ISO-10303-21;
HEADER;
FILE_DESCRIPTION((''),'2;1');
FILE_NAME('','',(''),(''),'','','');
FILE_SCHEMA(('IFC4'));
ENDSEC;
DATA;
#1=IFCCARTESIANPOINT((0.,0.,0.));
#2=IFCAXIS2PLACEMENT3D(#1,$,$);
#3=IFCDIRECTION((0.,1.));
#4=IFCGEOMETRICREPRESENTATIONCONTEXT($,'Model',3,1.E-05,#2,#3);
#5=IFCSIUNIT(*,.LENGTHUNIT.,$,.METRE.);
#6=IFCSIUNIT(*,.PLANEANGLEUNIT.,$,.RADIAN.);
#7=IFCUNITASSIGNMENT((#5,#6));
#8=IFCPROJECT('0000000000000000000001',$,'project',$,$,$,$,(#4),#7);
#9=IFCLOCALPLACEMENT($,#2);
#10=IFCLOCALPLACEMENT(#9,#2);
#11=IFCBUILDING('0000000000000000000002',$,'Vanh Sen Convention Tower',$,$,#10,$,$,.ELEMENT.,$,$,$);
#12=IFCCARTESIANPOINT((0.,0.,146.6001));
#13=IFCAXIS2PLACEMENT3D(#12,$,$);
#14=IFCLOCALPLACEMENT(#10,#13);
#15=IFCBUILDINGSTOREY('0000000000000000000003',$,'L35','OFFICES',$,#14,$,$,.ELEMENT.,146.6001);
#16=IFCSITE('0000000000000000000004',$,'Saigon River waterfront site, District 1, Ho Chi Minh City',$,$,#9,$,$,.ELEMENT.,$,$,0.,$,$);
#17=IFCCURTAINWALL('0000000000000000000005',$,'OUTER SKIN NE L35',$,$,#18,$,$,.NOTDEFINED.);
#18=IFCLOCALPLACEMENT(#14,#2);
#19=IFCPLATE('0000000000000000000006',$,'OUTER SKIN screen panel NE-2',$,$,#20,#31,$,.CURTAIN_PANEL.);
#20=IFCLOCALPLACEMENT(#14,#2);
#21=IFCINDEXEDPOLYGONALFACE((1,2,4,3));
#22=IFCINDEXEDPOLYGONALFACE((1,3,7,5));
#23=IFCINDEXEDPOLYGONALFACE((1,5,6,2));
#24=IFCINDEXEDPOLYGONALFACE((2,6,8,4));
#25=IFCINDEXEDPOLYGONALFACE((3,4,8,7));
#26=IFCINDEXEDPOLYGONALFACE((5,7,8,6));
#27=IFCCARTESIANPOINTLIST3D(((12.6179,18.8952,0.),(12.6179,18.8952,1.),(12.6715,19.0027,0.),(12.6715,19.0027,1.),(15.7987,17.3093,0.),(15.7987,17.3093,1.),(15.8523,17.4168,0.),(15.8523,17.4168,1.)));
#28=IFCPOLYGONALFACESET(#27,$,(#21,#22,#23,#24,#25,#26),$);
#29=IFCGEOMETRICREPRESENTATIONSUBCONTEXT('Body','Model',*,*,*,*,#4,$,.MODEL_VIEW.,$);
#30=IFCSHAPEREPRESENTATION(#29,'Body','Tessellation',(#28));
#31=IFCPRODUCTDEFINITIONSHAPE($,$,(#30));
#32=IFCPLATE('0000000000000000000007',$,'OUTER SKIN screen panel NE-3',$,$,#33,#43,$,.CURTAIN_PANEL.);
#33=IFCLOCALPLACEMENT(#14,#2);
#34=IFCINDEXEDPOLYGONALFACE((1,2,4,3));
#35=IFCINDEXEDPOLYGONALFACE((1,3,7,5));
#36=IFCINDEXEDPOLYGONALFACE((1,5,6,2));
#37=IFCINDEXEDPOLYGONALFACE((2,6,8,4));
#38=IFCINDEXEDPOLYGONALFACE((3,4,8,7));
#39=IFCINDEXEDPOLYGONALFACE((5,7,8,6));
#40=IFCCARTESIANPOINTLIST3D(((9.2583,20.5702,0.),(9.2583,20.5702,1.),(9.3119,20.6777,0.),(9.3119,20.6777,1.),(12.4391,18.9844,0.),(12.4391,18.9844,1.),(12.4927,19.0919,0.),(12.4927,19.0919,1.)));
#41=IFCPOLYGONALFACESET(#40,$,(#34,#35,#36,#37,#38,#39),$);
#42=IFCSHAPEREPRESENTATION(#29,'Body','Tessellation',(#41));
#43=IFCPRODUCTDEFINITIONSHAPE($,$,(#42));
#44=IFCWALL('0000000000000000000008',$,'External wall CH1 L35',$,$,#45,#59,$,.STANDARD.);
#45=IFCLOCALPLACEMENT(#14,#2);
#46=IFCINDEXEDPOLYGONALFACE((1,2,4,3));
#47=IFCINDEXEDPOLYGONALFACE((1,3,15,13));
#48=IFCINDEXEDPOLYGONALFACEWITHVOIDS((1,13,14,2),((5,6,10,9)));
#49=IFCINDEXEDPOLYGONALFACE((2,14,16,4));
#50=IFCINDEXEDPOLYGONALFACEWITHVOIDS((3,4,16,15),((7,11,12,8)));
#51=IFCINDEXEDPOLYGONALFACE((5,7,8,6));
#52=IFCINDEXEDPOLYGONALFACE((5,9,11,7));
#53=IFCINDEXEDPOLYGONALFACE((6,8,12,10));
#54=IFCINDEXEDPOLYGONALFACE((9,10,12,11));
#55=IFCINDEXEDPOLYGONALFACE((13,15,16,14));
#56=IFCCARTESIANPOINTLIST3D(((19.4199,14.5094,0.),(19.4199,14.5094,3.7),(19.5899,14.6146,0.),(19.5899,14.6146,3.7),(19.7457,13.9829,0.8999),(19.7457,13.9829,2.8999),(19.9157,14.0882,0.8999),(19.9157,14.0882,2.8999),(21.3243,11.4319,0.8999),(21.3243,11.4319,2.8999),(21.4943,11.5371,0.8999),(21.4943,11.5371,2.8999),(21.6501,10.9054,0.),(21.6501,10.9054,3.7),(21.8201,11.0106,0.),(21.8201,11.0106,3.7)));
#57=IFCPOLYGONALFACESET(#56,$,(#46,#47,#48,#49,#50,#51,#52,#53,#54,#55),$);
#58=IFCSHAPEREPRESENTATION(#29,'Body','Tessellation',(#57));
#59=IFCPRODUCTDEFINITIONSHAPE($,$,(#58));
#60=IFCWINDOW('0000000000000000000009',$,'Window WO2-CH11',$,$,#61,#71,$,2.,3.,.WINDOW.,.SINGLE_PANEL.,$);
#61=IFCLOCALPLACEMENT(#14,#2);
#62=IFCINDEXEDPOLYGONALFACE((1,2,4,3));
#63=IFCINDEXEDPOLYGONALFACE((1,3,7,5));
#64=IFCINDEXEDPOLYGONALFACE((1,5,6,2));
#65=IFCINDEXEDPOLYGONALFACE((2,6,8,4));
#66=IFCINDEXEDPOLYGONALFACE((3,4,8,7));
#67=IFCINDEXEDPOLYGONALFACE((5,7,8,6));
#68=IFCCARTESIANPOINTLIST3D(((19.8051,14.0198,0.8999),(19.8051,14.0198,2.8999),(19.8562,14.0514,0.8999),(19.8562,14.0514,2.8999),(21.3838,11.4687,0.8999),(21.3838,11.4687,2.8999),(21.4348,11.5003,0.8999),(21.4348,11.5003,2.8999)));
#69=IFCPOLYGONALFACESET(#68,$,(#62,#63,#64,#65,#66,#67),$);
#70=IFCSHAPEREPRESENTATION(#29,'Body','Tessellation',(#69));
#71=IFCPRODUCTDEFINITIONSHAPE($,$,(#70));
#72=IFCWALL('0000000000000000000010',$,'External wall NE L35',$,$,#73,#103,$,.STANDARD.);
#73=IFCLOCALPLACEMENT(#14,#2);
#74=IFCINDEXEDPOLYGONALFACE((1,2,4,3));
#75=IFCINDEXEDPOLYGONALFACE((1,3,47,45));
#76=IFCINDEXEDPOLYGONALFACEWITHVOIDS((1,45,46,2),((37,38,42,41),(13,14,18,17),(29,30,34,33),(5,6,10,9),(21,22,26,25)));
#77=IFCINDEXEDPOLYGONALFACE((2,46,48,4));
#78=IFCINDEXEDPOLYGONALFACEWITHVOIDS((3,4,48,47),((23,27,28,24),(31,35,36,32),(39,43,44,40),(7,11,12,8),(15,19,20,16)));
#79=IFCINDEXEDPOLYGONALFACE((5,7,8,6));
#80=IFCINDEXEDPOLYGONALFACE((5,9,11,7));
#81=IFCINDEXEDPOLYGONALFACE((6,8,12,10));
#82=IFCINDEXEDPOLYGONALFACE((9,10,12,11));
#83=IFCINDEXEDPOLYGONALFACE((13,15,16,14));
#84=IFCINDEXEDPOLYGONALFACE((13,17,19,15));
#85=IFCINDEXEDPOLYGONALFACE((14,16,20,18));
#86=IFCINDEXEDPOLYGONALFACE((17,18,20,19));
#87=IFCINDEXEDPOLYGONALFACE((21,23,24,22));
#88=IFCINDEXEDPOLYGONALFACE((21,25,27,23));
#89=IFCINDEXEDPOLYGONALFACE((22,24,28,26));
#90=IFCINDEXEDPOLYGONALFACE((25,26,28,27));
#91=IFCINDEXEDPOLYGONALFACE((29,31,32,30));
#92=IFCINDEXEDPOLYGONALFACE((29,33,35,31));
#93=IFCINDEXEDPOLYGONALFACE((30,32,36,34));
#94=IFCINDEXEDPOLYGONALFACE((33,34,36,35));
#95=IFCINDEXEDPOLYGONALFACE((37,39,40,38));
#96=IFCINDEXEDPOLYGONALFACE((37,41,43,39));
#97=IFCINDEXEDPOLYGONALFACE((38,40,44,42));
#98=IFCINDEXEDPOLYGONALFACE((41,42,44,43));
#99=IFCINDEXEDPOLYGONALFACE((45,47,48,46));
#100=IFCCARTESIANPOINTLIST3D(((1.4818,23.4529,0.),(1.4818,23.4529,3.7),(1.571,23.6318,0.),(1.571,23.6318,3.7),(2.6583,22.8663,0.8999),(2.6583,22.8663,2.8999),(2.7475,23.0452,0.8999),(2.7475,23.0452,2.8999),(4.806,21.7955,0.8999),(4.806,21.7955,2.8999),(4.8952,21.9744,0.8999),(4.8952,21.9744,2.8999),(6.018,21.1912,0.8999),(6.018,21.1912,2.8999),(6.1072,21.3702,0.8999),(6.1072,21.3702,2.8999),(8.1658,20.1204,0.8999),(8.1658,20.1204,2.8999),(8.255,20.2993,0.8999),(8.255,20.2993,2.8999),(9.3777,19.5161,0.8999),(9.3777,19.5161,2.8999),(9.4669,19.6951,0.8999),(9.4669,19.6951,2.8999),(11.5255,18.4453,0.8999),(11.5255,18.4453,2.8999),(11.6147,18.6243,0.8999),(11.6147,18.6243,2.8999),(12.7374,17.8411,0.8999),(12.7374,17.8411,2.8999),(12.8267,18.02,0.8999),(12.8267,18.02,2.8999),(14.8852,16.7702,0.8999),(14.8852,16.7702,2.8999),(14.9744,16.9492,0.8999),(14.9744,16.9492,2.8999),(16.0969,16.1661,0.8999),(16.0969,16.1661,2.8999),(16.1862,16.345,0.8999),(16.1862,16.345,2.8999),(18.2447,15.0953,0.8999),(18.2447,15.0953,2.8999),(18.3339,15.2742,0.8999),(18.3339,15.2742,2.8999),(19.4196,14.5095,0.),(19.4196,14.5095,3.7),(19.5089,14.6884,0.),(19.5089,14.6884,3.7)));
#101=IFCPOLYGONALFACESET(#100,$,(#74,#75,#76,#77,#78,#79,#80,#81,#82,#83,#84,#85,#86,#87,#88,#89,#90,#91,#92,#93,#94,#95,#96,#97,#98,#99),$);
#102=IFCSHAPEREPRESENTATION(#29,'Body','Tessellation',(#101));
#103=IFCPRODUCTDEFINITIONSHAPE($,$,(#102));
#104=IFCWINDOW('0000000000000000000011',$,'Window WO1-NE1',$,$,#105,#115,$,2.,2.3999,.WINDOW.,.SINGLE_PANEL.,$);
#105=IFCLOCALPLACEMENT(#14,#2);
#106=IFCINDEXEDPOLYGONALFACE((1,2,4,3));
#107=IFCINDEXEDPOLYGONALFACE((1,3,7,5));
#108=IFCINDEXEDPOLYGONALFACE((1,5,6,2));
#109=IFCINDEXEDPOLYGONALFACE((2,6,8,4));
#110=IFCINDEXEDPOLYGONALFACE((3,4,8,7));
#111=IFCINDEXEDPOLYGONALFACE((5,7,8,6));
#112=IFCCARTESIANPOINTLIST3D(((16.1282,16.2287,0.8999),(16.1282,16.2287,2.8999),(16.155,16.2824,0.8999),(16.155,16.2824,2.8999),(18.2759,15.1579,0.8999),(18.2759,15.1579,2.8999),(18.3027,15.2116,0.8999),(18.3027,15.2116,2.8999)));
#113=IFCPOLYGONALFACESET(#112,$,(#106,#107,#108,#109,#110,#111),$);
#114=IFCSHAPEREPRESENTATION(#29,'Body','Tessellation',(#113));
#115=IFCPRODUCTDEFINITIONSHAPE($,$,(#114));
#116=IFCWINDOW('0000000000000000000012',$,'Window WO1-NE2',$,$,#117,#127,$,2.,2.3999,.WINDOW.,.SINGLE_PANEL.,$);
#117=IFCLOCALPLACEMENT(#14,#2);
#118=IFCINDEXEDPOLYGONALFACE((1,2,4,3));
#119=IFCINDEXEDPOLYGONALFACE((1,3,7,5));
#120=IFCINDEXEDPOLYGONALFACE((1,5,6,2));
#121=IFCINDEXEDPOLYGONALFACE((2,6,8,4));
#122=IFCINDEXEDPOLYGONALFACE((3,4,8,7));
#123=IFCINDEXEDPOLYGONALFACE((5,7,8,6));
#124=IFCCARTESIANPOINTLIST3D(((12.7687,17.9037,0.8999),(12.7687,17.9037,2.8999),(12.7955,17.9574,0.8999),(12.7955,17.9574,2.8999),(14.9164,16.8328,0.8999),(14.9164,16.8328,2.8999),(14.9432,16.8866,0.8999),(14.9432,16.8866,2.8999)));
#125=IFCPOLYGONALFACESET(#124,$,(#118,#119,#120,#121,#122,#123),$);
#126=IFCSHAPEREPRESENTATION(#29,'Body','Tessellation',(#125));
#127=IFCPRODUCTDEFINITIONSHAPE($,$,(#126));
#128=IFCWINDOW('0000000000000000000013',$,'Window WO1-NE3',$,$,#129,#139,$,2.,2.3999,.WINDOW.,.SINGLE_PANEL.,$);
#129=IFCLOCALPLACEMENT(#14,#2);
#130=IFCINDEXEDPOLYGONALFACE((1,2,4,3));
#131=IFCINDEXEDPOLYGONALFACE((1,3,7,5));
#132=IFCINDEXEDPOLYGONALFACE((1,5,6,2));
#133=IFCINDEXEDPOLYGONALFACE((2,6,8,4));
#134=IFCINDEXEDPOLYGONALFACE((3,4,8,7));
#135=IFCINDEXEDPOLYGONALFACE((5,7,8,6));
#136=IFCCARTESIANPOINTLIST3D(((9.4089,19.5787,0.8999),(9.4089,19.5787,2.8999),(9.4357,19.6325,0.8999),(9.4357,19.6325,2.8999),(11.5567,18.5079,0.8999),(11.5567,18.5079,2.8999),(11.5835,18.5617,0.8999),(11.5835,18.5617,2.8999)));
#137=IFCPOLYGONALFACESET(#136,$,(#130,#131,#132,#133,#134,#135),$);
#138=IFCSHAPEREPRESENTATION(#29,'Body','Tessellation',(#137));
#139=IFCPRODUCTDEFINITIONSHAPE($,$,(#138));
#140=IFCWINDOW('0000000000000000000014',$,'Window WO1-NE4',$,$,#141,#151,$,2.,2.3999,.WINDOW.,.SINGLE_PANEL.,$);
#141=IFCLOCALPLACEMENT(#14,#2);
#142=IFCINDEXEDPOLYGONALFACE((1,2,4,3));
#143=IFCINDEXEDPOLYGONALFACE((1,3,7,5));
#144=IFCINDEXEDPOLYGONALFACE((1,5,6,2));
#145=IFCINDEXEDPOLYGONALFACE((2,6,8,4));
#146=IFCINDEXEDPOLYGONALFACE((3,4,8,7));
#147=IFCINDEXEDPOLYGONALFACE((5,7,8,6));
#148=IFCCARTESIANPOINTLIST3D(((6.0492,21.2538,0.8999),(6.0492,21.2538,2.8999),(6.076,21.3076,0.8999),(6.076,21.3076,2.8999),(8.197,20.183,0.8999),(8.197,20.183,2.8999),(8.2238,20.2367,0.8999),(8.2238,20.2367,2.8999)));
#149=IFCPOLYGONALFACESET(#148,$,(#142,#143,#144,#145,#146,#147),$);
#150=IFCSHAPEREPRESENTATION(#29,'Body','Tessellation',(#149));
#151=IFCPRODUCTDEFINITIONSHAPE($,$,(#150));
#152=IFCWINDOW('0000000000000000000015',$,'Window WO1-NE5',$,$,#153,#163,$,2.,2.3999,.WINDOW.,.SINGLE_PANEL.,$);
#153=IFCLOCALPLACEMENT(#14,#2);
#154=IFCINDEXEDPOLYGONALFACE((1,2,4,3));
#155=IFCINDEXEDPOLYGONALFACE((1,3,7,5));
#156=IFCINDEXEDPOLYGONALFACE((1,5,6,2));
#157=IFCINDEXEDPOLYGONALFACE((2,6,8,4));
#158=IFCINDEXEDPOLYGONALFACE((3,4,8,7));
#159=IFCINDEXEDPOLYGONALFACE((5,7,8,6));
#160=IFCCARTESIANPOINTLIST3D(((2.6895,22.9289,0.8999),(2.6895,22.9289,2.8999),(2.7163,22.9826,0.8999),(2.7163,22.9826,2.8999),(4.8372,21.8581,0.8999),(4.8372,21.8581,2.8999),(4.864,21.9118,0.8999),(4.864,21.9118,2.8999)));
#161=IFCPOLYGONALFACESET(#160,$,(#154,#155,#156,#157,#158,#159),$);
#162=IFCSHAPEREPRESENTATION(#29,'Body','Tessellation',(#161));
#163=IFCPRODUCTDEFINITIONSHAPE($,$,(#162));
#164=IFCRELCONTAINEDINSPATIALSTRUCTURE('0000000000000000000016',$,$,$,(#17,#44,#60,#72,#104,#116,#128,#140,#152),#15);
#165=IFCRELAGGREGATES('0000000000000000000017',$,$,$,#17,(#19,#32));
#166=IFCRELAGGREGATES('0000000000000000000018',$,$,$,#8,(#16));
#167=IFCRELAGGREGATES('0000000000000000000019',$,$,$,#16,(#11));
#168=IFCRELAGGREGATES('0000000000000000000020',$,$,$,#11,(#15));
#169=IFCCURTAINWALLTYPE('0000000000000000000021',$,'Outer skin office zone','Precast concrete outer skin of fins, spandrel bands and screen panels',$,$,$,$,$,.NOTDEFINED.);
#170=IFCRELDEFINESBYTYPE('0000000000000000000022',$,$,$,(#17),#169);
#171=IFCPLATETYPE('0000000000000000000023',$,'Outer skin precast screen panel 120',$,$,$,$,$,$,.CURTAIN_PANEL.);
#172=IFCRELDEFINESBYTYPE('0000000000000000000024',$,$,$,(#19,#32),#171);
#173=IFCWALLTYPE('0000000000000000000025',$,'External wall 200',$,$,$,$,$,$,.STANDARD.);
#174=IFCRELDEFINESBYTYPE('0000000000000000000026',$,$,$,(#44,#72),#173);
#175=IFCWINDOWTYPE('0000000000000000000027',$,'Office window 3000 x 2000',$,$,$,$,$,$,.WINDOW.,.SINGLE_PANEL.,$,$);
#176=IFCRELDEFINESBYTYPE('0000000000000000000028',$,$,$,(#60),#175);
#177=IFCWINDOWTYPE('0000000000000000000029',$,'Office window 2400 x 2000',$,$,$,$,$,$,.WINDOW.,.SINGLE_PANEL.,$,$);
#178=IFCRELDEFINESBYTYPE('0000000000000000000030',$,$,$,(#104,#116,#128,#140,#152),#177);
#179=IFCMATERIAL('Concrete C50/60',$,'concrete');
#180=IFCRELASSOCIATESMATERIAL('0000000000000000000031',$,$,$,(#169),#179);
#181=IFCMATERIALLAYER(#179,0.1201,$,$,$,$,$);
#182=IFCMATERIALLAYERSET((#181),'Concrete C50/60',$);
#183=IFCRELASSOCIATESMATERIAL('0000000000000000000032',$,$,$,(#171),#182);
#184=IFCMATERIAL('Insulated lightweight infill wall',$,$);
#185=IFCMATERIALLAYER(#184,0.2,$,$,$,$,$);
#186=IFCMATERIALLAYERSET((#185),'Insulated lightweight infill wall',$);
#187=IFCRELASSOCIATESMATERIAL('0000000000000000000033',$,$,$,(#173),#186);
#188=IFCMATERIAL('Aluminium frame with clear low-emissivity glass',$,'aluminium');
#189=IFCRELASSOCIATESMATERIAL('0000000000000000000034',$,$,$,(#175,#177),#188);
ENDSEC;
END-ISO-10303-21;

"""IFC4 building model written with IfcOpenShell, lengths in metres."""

from ifc_helpers import new_model, si_unit, direction, frame, frame_2d, origin, origin_2d, place, context, subcontext, project, spatial, rectangle, extrude, material, layer, layer_set, type_object, element, fill, aggregate, save


model = new_model("IFC4")

# Units and contexts
model_context = context("Model", 3, precision=1e-05, world=origin(), true_north=direction((0.0, 1.0)))
body_context = subcontext(model_context, "Body", "Model", "MODEL_VIEW")
ifc_project = project(units=[si_unit("LENGTHUNIT", "METRE"), si_unit("PLANEANGLEUNIT", "RADIAN")], contexts=[model_context])

# Site, building, storey
site_placement = place(None, origin())
site = spatial("IfcSite", under=ifc_project, at=site_placement, Name="Saigon River waterfront site, District 1, Ho Chi Minh City", CompositionType="ELEMENT", RefElevation=0.0)
building_placement = place(site_placement, origin())
building = spatial("IfcBuilding", under=site, at=building_placement, Name="Vanh Sen Convention Tower", CompositionType="ELEMENT")
storey_placement = place(building_placement, frame((0.0, 0.0, 146.6001)))
storey = spatial("IfcBuildingStorey", under=building, at=storey_placement, Name="L35", Description="OFFICES", CompositionType="ELEMENT", Elevation=146.6001)

# Curtain wall
ifc_material_1 = material(Name="Concrete C50/60", Category="concrete")
curtain_wall_type = type_object("IfcCurtainWallType", Name="Outer skin office zone", Description="Precast concrete outer skin of fins, spandrel bands and screen panels", PredefinedType="NOTDEFINED", material=ifc_material_1)
curtain_wall_1_placement = place(storey_placement, origin())
curtain_wall_1 = element("IfcCurtainWall", 1, at=curtain_wall_1_placement, inside=storey, type_object=curtain_wall_type, Name="OUTER SKIN NE L35", PredefinedType="NOTDEFINED")

# Shared definitions
ifc_layer_1 = layer(ifc_material_1, 0.1201)
ifc_layer_set_1 = layer_set([ifc_layer_1], Name="Concrete C50/60")
plate_type = type_object("IfcPlateType", Name="Outer skin precast screen panel 120", PredefinedType="CURTAIN_PANEL", material=ifc_layer_set_1)

# Plates
plate_1_placement = place(storey_placement, frame((14.2351, 18.156, 0.0), z_axis=(0.0, 0.0, 1.0), x_axis=(-0.894933, 0.446201, 0.0)))
plate_1 = element("IfcPlate", 2, at=plate_1_placement, type_object=plate_type, Name="OUTER SKIN screen panel NE-2", PredefinedType="CURTAIN_PANEL", context=body_context, shape_type="SweptSolid", body=[
    extrude(rectangle(XDim=3.5542, YDim=0.1201, at=origin_2d()), origin(), (0.0, 0.0, 1.0), 1.0),
])
plate_2_placement = place(storey_placement, frame((10.8755, 19.8311, 0.0), z_axis=(0.0, 0.0, 1.0), x_axis=(-0.894933, 0.446201, 0.0)))
plate_2 = element("IfcPlate", 3, at=plate_2_placement, type_object=plate_type, Name="OUTER SKIN screen panel NE-3", PredefinedType="CURTAIN_PANEL", context=body_context, shape_type="SweptSolid", body=[
    extrude(rectangle(XDim=3.5542, YDim=0.1201, at=origin_2d()), origin(), (0.0, 0.0, 1.0), 1.0),
])
aggregate(curtain_wall_1, [plate_1, plate_2])

# Wall, opening, window
ifc_material_2 = material(Name="Insulated lightweight infill wall")
ifc_layer_2 = layer(ifc_material_2, 0.2)
ifc_layer_set_2 = layer_set([ifc_layer_2], Name="Insulated lightweight infill wall")
wall_type_1 = type_object("IfcWallType", Name="External wall 200", PredefinedType="STANDARD", material=ifc_layer_set_2)
wall_1_placement = place(storey_placement, frame((21.7351, 10.958, 0.0), z_axis=(0.0, 0.0, 1.0), x_axis=(-0.526214, 0.850352, 0.0)))
wall_1 = element("IfcWall", 4, at=wall_1_placement, inside=storey, type_object=wall_type_1, Name="External wall CH1 L35", PredefinedType="STANDARD", context=body_context, shape_type="SweptSolid", body=[
    extrude(rectangle(XDim=4.2383, YDim=0.2, at=frame_2d((2.1191, 0.0))), origin(), (0.0, 0.0, 1.0), 3.7),
])
opening_1_placement = place(wall_1_placement, frame((0.6191, 0.0, 0.8999)))
opening_1 = element("IfcOpeningElement", 5, at=opening_1_placement, cuts=wall_1, PredefinedType="OPENING", context=body_context, shape_type="SweptSolid", body=[
    extrude(rectangle(XDim=3.0, YDim=2.0, at=frame_2d((1.5, 1.0))), frame((0.0, 0.1099, 0.0), z_axis=(0.0, -1.0, 0.0), x_axis=(1.0, 0.0, 0.0)), (0.0, 0.0, 1.0), 0.22),
])
ifc_material_3 = material(Name="Aluminium frame with clear low-emissivity glass", Category="aluminium")
window_type_1 = type_object("IfcWindowType", Name="Office window 3000 x 2000", PartitioningType="SINGLE_PANEL", PredefinedType="WINDOW", material=ifc_material_3)
window_1_placement = place(opening_1_placement, origin())
window_1 = element("IfcWindow", 6, at=window_1_placement, inside=storey, type_object=window_type_1, Name="Window WO2-CH11", OverallHeight=2.0, OverallWidth=3.0, PartitioningType="SINGLE_PANEL", PredefinedType="WINDOW", context=body_context, shape_type="SweptSolid", body=[
    extrude(rectangle(XDim=3.0, YDim=2.0, at=frame_2d((1.5, 1.0))), frame((0.0, 0.03, 0.0), z_axis=(0.0, -1.0, 0.0), x_axis=(1.0, 0.0, 0.0)), (0.0, 0.0, 1.0), 0.0601),
])
fill(opening_1, window_1)

# Wall, openings, windows
wall_2_placement = place(storey_placement, frame((19.4644, 14.5989, 0.0), z_axis=(0.0, 0.0, 1.0), x_axis=(-0.894936, 0.446195, 0.0)))
wall_2 = element("IfcWall", 7, at=wall_2_placement, inside=storey, type_object=wall_type_1, Name="External wall NE L35", PredefinedType="STANDARD", context=body_context, shape_type="SweptSolid", body=[
    extrude(rectangle(XDim=20.0437, YDim=0.2, at=frame_2d((10.022, 0.0))), origin(), (0.0, 0.0, 1.0), 3.7),
])
opening_2_placement = place(wall_2_placement, frame((1.313, 0.0, 0.8999)))
opening_2 = element("IfcOpeningElement", 8, at=opening_2_placement, cuts=wall_2, PredefinedType="OPENING", context=body_context, shape_type="SweptSolid", body=[
    extrude(rectangle(XDim=2.3999, YDim=2.0, at=frame_2d((1.2, 1.0))), frame((0.0, 0.1099, 0.0), z_axis=(0.0, -1.0, 0.0), x_axis=(1.0, 0.0, 0.0)), (0.0, 0.0, 1.0), 0.22),
])
opening_3_placement = place(wall_2_placement, frame((5.0669, 0.0, 0.8999)))
opening_3 = element("IfcOpeningElement", 9, at=opening_3_placement, cuts=wall_2, PredefinedType="OPENING", context=body_context, shape_type="SweptSolid", body=[
    extrude(rectangle(XDim=2.3999, YDim=2.0, at=frame_2d((1.2, 1.0))), frame((0.0, 0.1099, 0.0), z_axis=(0.0, -1.0, 0.0), x_axis=(1.0, 0.0, 0.0)), (0.0, 0.0, 1.0), 0.22),
])
opening_4_placement = place(wall_2_placement, frame((8.821, 0.0, 0.8999)))
opening_4 = element("IfcOpeningElement", 10, at=opening_4_placement, cuts=wall_2, PredefinedType="OPENING", context=body_context, shape_type="SweptSolid", body=[
    extrude(rectangle(XDim=2.3999, YDim=2.0, at=frame_2d((1.2, 1.0))), frame((0.0, 0.1099, 0.0), z_axis=(0.0, -1.0, 0.0), x_axis=(1.0, 0.0, 0.0)), (0.0, 0.0, 1.0), 0.22),
])
opening_5_placement = place(wall_2_placement, frame((12.5752, 0.0, 0.8999)))
opening_5 = element("IfcOpeningElement", 11, at=opening_5_placement, cuts=wall_2, PredefinedType="OPENING", context=body_context, shape_type="SweptSolid", body=[
    extrude(rectangle(XDim=2.3999, YDim=2.0, at=frame_2d((1.2, 1.0))), frame((0.0, 0.1099, 0.0), z_axis=(0.0, -1.0, 0.0), x_axis=(1.0, 0.0, 0.0)), (0.0, 0.0, 1.0), 0.22),
])
opening_6_placement = place(wall_2_placement, frame((16.3293, 0.0, 0.8999)))
opening_6 = element("IfcOpeningElement", 12, at=opening_6_placement, cuts=wall_2, PredefinedType="OPENING", context=body_context, shape_type="SweptSolid", body=[
    extrude(rectangle(XDim=2.3999, YDim=2.0, at=frame_2d((1.2, 1.0))), frame((0.0, 0.1099, 0.0), z_axis=(0.0, -1.0, 0.0), x_axis=(1.0, 0.0, 0.0)), (0.0, 0.0, 1.0), 0.22),
])
window_type_2 = type_object("IfcWindowType", Name="Office window 2400 x 2000", PartitioningType="SINGLE_PANEL", PredefinedType="WINDOW", material=ifc_material_3)
window_2_placement = place(opening_2_placement, origin())
window_2 = element("IfcWindow", 13, at=window_2_placement, inside=storey, type_object=window_type_2, Name="Window WO1-NE1", OverallHeight=2.0, OverallWidth=2.3999, PartitioningType="SINGLE_PANEL", PredefinedType="WINDOW", context=body_context, shape_type="SweptSolid", body=[
    extrude(rectangle(XDim=2.3999, YDim=2.0, at=frame_2d((1.2, 1.0))), frame((0.0, 0.03, 0.0), z_axis=(0.0, -1.0, 0.0), x_axis=(1.0, 0.0, 0.0)), (0.0, 0.0, 1.0), 0.0601),
])
fill(opening_2, window_2)
window_3_placement = place(opening_3_placement, origin())
window_3 = element("IfcWindow", 14, at=window_3_placement, inside=storey, type_object=window_type_2, Name="Window WO1-NE2", OverallHeight=2.0, OverallWidth=2.3999, PartitioningType="SINGLE_PANEL", PredefinedType="WINDOW", context=body_context, shape_type="SweptSolid", body=[
    extrude(rectangle(XDim=2.3999, YDim=2.0, at=frame_2d((1.2, 1.0))), frame((0.0, 0.03, 0.0), z_axis=(0.0, -1.0, 0.0), x_axis=(1.0, 0.0, 0.0)), (0.0, 0.0, 1.0), 0.0601),
])
fill(opening_3, window_3)
window_4_placement = place(opening_4_placement, origin())
window_4 = element("IfcWindow", 15, at=window_4_placement, inside=storey, type_object=window_type_2, Name="Window WO1-NE3", OverallHeight=2.0, OverallWidth=2.3999, PartitioningType="SINGLE_PANEL", PredefinedType="WINDOW", context=body_context, shape_type="SweptSolid", body=[
    extrude(rectangle(XDim=2.3999, YDim=2.0, at=frame_2d((1.2, 1.0))), frame((0.0, 0.03, 0.0), z_axis=(0.0, -1.0, 0.0), x_axis=(1.0, 0.0, 0.0)), (0.0, 0.0, 1.0), 0.0601),
])
fill(opening_4, window_4)
window_5_placement = place(opening_5_placement, origin())
window_5 = element("IfcWindow", 16, at=window_5_placement, inside=storey, type_object=window_type_2, Name="Window WO1-NE4", OverallHeight=2.0, OverallWidth=2.3999, PartitioningType="SINGLE_PANEL", PredefinedType="WINDOW", context=body_context, shape_type="SweptSolid", body=[
    extrude(rectangle(XDim=2.3999, YDim=2.0, at=frame_2d((1.2, 1.0))), frame((0.0, 0.03, 0.0), z_axis=(0.0, -1.0, 0.0), x_axis=(1.0, 0.0, 0.0)), (0.0, 0.0, 1.0), 0.0601),
])
fill(opening_5, window_5)
window_6_placement = place(opening_6_placement, origin())
window_6 = element("IfcWindow", 17, at=window_6_placement, inside=storey, type_object=window_type_2, Name="Window WO1-NE5", OverallHeight=2.0, OverallWidth=2.3999, PartitioningType="SINGLE_PANEL", PredefinedType="WINDOW", context=body_context, shape_type="SweptSolid", body=[
    extrude(rectangle(XDim=2.3999, YDim=2.0, at=frame_2d((1.2, 1.0))), frame((0.0, 0.03, 0.0), z_axis=(0.0, -1.0, 0.0), x_axis=(1.0, 0.0, 0.0)), (0.0, 0.0, 1.0), 0.0601),
])
fill(opening_6, window_6)

save(model, "model.ifc")
